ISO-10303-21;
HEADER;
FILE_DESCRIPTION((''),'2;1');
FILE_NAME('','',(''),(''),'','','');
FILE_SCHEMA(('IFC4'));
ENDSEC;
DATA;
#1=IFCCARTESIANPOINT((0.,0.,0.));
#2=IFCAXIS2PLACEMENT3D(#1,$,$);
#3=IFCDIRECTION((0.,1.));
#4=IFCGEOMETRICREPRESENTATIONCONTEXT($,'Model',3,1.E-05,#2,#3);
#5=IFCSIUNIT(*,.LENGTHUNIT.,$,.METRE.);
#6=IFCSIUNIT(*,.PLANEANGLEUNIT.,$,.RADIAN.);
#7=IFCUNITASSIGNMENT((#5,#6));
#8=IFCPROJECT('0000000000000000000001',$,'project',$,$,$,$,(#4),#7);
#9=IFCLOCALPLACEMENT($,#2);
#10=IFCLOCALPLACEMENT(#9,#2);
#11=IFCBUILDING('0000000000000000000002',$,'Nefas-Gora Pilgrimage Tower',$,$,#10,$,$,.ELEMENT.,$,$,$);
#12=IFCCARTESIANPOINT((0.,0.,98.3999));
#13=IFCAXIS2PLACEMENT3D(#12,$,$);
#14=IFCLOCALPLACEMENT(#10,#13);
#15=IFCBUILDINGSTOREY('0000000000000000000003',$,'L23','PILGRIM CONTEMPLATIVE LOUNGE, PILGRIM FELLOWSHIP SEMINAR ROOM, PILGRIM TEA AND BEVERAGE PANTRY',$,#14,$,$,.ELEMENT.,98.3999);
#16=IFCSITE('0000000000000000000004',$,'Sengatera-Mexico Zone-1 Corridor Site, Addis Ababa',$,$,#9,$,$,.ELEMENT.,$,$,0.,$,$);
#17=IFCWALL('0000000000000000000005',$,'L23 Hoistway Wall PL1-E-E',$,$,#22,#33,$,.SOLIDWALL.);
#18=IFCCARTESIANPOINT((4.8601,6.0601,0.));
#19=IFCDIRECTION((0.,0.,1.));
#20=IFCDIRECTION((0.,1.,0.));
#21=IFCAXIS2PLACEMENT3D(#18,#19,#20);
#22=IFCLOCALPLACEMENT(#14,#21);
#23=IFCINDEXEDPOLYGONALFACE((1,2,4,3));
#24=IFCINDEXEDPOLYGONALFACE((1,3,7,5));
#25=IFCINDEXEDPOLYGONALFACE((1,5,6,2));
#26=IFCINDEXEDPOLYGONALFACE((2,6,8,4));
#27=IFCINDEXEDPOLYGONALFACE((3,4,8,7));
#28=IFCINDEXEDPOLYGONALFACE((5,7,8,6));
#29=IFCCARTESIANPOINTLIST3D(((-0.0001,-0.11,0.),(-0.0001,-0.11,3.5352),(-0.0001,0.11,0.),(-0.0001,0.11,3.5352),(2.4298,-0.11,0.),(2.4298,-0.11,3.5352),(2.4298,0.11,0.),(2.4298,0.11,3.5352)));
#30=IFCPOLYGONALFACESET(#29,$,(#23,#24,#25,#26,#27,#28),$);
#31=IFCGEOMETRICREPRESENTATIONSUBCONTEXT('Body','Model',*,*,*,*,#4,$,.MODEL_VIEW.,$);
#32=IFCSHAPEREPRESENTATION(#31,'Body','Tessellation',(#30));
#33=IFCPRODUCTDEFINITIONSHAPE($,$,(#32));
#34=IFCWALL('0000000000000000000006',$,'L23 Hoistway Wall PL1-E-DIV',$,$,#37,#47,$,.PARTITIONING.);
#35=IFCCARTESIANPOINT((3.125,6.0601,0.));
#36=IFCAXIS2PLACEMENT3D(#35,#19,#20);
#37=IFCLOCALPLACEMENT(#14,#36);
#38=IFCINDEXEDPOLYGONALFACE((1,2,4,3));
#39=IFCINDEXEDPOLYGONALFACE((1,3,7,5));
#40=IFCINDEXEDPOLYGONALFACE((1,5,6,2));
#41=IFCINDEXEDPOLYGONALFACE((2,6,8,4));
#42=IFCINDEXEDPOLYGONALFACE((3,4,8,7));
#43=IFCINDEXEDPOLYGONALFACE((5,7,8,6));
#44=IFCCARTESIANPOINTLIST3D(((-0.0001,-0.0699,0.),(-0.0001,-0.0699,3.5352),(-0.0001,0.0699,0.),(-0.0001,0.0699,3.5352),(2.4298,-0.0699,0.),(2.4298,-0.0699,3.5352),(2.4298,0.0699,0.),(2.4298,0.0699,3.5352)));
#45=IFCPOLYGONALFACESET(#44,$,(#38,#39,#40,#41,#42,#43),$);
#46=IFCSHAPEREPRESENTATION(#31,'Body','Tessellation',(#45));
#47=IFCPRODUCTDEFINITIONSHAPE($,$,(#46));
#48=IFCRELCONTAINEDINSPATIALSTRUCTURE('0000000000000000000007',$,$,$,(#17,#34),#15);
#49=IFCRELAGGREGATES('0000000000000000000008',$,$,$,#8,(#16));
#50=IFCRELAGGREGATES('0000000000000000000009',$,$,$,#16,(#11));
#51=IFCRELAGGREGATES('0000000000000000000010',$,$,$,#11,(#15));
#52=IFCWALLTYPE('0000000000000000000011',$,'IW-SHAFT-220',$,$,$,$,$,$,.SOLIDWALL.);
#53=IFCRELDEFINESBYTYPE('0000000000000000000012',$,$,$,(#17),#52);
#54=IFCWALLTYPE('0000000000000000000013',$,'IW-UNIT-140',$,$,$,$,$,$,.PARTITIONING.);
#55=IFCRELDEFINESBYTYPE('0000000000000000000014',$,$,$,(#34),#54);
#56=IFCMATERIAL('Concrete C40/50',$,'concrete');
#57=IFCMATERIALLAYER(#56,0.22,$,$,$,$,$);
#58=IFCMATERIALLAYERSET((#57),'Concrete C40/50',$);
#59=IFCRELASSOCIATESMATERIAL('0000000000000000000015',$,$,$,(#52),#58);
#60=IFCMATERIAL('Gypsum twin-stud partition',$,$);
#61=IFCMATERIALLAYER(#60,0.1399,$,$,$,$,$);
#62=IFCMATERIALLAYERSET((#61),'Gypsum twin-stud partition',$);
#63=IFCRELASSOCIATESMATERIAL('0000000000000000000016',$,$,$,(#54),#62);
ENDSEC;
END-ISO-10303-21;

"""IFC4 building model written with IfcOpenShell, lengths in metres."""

from ifc_helpers import new_model, si_unit, direction, frame, frame_2d, origin, place, context, subcontext, project, spatial, rectangle, extrude, source, transform, mapped, material, layer, layer_set, type_object, element, save


model = new_model("IFC4")

# Units and contexts
model_context = context("Model", 3, precision=1e-05, world=origin(), true_north=direction((0.0, 1.0)))
body_context = subcontext(model_context, "Body", "Model", "MODEL_VIEW")
ifc_project = project(units=[si_unit("LENGTHUNIT", "METRE"), si_unit("PLANEANGLEUNIT", "RADIAN")], contexts=[model_context])

# Site, building, storey
site_placement = place(None, origin())
site = spatial("IfcSite", under=ifc_project, at=site_placement, Name="Sengatera-Mexico Zone-1 Corridor Site, Addis Ababa", CompositionType="ELEMENT", RefElevation=0.0)
building_placement = place(site_placement, origin())
building = spatial("IfcBuilding", under=site, at=building_placement, Name="Nefas-Gora Pilgrimage Tower", CompositionType="ELEMENT")
storey_placement = place(building_placement, frame((0.0, 0.0, 98.3999)))
storey = spatial("IfcBuildingStorey", under=building, at=storey_placement, Name="L23", Description="PILGRIM CONTEMPLATIVE LOUNGE, PILGRIM FELLOWSHIP SEMINAR ROOM, PILGRIM TEA AND BEVERAGE PANTRY", CompositionType="ELEMENT", Elevation=98.3999)

# Shared definitions
ifc_material_1 = material(Name="Concrete C40/50", Category="concrete")

# Shared definitions
ifc_layer_1 = layer(ifc_material_1, 0.22)
ifc_layer_set_1 = layer_set([ifc_layer_1], Name="Concrete C40/50")
wall_type_1 = type_object("IfcWallType", Name="IW-SHAFT-220", PredefinedType="SOLIDWALL", material=ifc_layer_set_1)

# Walls
shared_shape_1 = source(origin(), body_context, "Body", "SweptSolid", [
    extrude(rectangle(XDim=2.4299, YDim=0.22, at=frame_2d((1.2148, 0.0))), origin(), (0.0, 0.0, 1.0), 3.5352),
])
for number, where, z_axis, x_axis, name in (
    (1, (4.8601, 6.0601, 0.0), (0.0, 0.0, 1.0), (0.0, 1.0, 0.0), "L23 Hoistway Wall PL1-E-E"),
):
    element("IfcWall", number, at=place(storey_placement, frame(where, z_axis=z_axis, x_axis=x_axis)), inside=storey, type_object=wall_type_1, Name=name, PredefinedType="SOLIDWALL", context=body_context, shape_type="MappedRepresentation", body=[
        mapped(shared_shape_1, transform((0.0, 0.0, 0.0), x_axis=(1.0, 0.0, 0.0), y_axis=(0.0, 1.0, 0.0), z_axis=(0.0, 0.0, 1.0), scale=1.0)),
    ])
ifc_material_2 = material(Name="Gypsum twin-stud partition")
ifc_layer_2 = layer(ifc_material_2, 0.1399)
ifc_layer_set_2 = layer_set([ifc_layer_2], Name="Gypsum twin-stud partition")
wall_type_2 = type_object("IfcWallType", Name="IW-UNIT-140", PredefinedType="PARTITIONING", material=ifc_layer_set_2)
shared_shape_2 = source(origin(), body_context, "Body", "SweptSolid", [
    extrude(rectangle(XDim=2.4299, YDim=0.1399, at=frame_2d((1.2148, 0.0))), origin(), (0.0, 0.0, 1.0), 3.5352),
])
wall_1_placement = place(storey_placement, frame((3.125, 6.0601, 0.0), z_axis=(0.0, 0.0, 1.0), x_axis=(0.0, 1.0, 0.0)))
element("IfcWall", 2, at=wall_1_placement, inside=storey, type_object=wall_type_2, Name="L23 Hoistway Wall PL1-E-DIV", PredefinedType="PARTITIONING", context=body_context, shape_type="MappedRepresentation", body=[
    mapped(shared_shape_2, transform((0.0, 0.0, 0.0), x_axis=(1.0, 0.0, 0.0), y_axis=(0.0, 1.0, 0.0), z_axis=(0.0, 0.0, 1.0), scale=1.0)),
])

save(model, "model.ifc")
